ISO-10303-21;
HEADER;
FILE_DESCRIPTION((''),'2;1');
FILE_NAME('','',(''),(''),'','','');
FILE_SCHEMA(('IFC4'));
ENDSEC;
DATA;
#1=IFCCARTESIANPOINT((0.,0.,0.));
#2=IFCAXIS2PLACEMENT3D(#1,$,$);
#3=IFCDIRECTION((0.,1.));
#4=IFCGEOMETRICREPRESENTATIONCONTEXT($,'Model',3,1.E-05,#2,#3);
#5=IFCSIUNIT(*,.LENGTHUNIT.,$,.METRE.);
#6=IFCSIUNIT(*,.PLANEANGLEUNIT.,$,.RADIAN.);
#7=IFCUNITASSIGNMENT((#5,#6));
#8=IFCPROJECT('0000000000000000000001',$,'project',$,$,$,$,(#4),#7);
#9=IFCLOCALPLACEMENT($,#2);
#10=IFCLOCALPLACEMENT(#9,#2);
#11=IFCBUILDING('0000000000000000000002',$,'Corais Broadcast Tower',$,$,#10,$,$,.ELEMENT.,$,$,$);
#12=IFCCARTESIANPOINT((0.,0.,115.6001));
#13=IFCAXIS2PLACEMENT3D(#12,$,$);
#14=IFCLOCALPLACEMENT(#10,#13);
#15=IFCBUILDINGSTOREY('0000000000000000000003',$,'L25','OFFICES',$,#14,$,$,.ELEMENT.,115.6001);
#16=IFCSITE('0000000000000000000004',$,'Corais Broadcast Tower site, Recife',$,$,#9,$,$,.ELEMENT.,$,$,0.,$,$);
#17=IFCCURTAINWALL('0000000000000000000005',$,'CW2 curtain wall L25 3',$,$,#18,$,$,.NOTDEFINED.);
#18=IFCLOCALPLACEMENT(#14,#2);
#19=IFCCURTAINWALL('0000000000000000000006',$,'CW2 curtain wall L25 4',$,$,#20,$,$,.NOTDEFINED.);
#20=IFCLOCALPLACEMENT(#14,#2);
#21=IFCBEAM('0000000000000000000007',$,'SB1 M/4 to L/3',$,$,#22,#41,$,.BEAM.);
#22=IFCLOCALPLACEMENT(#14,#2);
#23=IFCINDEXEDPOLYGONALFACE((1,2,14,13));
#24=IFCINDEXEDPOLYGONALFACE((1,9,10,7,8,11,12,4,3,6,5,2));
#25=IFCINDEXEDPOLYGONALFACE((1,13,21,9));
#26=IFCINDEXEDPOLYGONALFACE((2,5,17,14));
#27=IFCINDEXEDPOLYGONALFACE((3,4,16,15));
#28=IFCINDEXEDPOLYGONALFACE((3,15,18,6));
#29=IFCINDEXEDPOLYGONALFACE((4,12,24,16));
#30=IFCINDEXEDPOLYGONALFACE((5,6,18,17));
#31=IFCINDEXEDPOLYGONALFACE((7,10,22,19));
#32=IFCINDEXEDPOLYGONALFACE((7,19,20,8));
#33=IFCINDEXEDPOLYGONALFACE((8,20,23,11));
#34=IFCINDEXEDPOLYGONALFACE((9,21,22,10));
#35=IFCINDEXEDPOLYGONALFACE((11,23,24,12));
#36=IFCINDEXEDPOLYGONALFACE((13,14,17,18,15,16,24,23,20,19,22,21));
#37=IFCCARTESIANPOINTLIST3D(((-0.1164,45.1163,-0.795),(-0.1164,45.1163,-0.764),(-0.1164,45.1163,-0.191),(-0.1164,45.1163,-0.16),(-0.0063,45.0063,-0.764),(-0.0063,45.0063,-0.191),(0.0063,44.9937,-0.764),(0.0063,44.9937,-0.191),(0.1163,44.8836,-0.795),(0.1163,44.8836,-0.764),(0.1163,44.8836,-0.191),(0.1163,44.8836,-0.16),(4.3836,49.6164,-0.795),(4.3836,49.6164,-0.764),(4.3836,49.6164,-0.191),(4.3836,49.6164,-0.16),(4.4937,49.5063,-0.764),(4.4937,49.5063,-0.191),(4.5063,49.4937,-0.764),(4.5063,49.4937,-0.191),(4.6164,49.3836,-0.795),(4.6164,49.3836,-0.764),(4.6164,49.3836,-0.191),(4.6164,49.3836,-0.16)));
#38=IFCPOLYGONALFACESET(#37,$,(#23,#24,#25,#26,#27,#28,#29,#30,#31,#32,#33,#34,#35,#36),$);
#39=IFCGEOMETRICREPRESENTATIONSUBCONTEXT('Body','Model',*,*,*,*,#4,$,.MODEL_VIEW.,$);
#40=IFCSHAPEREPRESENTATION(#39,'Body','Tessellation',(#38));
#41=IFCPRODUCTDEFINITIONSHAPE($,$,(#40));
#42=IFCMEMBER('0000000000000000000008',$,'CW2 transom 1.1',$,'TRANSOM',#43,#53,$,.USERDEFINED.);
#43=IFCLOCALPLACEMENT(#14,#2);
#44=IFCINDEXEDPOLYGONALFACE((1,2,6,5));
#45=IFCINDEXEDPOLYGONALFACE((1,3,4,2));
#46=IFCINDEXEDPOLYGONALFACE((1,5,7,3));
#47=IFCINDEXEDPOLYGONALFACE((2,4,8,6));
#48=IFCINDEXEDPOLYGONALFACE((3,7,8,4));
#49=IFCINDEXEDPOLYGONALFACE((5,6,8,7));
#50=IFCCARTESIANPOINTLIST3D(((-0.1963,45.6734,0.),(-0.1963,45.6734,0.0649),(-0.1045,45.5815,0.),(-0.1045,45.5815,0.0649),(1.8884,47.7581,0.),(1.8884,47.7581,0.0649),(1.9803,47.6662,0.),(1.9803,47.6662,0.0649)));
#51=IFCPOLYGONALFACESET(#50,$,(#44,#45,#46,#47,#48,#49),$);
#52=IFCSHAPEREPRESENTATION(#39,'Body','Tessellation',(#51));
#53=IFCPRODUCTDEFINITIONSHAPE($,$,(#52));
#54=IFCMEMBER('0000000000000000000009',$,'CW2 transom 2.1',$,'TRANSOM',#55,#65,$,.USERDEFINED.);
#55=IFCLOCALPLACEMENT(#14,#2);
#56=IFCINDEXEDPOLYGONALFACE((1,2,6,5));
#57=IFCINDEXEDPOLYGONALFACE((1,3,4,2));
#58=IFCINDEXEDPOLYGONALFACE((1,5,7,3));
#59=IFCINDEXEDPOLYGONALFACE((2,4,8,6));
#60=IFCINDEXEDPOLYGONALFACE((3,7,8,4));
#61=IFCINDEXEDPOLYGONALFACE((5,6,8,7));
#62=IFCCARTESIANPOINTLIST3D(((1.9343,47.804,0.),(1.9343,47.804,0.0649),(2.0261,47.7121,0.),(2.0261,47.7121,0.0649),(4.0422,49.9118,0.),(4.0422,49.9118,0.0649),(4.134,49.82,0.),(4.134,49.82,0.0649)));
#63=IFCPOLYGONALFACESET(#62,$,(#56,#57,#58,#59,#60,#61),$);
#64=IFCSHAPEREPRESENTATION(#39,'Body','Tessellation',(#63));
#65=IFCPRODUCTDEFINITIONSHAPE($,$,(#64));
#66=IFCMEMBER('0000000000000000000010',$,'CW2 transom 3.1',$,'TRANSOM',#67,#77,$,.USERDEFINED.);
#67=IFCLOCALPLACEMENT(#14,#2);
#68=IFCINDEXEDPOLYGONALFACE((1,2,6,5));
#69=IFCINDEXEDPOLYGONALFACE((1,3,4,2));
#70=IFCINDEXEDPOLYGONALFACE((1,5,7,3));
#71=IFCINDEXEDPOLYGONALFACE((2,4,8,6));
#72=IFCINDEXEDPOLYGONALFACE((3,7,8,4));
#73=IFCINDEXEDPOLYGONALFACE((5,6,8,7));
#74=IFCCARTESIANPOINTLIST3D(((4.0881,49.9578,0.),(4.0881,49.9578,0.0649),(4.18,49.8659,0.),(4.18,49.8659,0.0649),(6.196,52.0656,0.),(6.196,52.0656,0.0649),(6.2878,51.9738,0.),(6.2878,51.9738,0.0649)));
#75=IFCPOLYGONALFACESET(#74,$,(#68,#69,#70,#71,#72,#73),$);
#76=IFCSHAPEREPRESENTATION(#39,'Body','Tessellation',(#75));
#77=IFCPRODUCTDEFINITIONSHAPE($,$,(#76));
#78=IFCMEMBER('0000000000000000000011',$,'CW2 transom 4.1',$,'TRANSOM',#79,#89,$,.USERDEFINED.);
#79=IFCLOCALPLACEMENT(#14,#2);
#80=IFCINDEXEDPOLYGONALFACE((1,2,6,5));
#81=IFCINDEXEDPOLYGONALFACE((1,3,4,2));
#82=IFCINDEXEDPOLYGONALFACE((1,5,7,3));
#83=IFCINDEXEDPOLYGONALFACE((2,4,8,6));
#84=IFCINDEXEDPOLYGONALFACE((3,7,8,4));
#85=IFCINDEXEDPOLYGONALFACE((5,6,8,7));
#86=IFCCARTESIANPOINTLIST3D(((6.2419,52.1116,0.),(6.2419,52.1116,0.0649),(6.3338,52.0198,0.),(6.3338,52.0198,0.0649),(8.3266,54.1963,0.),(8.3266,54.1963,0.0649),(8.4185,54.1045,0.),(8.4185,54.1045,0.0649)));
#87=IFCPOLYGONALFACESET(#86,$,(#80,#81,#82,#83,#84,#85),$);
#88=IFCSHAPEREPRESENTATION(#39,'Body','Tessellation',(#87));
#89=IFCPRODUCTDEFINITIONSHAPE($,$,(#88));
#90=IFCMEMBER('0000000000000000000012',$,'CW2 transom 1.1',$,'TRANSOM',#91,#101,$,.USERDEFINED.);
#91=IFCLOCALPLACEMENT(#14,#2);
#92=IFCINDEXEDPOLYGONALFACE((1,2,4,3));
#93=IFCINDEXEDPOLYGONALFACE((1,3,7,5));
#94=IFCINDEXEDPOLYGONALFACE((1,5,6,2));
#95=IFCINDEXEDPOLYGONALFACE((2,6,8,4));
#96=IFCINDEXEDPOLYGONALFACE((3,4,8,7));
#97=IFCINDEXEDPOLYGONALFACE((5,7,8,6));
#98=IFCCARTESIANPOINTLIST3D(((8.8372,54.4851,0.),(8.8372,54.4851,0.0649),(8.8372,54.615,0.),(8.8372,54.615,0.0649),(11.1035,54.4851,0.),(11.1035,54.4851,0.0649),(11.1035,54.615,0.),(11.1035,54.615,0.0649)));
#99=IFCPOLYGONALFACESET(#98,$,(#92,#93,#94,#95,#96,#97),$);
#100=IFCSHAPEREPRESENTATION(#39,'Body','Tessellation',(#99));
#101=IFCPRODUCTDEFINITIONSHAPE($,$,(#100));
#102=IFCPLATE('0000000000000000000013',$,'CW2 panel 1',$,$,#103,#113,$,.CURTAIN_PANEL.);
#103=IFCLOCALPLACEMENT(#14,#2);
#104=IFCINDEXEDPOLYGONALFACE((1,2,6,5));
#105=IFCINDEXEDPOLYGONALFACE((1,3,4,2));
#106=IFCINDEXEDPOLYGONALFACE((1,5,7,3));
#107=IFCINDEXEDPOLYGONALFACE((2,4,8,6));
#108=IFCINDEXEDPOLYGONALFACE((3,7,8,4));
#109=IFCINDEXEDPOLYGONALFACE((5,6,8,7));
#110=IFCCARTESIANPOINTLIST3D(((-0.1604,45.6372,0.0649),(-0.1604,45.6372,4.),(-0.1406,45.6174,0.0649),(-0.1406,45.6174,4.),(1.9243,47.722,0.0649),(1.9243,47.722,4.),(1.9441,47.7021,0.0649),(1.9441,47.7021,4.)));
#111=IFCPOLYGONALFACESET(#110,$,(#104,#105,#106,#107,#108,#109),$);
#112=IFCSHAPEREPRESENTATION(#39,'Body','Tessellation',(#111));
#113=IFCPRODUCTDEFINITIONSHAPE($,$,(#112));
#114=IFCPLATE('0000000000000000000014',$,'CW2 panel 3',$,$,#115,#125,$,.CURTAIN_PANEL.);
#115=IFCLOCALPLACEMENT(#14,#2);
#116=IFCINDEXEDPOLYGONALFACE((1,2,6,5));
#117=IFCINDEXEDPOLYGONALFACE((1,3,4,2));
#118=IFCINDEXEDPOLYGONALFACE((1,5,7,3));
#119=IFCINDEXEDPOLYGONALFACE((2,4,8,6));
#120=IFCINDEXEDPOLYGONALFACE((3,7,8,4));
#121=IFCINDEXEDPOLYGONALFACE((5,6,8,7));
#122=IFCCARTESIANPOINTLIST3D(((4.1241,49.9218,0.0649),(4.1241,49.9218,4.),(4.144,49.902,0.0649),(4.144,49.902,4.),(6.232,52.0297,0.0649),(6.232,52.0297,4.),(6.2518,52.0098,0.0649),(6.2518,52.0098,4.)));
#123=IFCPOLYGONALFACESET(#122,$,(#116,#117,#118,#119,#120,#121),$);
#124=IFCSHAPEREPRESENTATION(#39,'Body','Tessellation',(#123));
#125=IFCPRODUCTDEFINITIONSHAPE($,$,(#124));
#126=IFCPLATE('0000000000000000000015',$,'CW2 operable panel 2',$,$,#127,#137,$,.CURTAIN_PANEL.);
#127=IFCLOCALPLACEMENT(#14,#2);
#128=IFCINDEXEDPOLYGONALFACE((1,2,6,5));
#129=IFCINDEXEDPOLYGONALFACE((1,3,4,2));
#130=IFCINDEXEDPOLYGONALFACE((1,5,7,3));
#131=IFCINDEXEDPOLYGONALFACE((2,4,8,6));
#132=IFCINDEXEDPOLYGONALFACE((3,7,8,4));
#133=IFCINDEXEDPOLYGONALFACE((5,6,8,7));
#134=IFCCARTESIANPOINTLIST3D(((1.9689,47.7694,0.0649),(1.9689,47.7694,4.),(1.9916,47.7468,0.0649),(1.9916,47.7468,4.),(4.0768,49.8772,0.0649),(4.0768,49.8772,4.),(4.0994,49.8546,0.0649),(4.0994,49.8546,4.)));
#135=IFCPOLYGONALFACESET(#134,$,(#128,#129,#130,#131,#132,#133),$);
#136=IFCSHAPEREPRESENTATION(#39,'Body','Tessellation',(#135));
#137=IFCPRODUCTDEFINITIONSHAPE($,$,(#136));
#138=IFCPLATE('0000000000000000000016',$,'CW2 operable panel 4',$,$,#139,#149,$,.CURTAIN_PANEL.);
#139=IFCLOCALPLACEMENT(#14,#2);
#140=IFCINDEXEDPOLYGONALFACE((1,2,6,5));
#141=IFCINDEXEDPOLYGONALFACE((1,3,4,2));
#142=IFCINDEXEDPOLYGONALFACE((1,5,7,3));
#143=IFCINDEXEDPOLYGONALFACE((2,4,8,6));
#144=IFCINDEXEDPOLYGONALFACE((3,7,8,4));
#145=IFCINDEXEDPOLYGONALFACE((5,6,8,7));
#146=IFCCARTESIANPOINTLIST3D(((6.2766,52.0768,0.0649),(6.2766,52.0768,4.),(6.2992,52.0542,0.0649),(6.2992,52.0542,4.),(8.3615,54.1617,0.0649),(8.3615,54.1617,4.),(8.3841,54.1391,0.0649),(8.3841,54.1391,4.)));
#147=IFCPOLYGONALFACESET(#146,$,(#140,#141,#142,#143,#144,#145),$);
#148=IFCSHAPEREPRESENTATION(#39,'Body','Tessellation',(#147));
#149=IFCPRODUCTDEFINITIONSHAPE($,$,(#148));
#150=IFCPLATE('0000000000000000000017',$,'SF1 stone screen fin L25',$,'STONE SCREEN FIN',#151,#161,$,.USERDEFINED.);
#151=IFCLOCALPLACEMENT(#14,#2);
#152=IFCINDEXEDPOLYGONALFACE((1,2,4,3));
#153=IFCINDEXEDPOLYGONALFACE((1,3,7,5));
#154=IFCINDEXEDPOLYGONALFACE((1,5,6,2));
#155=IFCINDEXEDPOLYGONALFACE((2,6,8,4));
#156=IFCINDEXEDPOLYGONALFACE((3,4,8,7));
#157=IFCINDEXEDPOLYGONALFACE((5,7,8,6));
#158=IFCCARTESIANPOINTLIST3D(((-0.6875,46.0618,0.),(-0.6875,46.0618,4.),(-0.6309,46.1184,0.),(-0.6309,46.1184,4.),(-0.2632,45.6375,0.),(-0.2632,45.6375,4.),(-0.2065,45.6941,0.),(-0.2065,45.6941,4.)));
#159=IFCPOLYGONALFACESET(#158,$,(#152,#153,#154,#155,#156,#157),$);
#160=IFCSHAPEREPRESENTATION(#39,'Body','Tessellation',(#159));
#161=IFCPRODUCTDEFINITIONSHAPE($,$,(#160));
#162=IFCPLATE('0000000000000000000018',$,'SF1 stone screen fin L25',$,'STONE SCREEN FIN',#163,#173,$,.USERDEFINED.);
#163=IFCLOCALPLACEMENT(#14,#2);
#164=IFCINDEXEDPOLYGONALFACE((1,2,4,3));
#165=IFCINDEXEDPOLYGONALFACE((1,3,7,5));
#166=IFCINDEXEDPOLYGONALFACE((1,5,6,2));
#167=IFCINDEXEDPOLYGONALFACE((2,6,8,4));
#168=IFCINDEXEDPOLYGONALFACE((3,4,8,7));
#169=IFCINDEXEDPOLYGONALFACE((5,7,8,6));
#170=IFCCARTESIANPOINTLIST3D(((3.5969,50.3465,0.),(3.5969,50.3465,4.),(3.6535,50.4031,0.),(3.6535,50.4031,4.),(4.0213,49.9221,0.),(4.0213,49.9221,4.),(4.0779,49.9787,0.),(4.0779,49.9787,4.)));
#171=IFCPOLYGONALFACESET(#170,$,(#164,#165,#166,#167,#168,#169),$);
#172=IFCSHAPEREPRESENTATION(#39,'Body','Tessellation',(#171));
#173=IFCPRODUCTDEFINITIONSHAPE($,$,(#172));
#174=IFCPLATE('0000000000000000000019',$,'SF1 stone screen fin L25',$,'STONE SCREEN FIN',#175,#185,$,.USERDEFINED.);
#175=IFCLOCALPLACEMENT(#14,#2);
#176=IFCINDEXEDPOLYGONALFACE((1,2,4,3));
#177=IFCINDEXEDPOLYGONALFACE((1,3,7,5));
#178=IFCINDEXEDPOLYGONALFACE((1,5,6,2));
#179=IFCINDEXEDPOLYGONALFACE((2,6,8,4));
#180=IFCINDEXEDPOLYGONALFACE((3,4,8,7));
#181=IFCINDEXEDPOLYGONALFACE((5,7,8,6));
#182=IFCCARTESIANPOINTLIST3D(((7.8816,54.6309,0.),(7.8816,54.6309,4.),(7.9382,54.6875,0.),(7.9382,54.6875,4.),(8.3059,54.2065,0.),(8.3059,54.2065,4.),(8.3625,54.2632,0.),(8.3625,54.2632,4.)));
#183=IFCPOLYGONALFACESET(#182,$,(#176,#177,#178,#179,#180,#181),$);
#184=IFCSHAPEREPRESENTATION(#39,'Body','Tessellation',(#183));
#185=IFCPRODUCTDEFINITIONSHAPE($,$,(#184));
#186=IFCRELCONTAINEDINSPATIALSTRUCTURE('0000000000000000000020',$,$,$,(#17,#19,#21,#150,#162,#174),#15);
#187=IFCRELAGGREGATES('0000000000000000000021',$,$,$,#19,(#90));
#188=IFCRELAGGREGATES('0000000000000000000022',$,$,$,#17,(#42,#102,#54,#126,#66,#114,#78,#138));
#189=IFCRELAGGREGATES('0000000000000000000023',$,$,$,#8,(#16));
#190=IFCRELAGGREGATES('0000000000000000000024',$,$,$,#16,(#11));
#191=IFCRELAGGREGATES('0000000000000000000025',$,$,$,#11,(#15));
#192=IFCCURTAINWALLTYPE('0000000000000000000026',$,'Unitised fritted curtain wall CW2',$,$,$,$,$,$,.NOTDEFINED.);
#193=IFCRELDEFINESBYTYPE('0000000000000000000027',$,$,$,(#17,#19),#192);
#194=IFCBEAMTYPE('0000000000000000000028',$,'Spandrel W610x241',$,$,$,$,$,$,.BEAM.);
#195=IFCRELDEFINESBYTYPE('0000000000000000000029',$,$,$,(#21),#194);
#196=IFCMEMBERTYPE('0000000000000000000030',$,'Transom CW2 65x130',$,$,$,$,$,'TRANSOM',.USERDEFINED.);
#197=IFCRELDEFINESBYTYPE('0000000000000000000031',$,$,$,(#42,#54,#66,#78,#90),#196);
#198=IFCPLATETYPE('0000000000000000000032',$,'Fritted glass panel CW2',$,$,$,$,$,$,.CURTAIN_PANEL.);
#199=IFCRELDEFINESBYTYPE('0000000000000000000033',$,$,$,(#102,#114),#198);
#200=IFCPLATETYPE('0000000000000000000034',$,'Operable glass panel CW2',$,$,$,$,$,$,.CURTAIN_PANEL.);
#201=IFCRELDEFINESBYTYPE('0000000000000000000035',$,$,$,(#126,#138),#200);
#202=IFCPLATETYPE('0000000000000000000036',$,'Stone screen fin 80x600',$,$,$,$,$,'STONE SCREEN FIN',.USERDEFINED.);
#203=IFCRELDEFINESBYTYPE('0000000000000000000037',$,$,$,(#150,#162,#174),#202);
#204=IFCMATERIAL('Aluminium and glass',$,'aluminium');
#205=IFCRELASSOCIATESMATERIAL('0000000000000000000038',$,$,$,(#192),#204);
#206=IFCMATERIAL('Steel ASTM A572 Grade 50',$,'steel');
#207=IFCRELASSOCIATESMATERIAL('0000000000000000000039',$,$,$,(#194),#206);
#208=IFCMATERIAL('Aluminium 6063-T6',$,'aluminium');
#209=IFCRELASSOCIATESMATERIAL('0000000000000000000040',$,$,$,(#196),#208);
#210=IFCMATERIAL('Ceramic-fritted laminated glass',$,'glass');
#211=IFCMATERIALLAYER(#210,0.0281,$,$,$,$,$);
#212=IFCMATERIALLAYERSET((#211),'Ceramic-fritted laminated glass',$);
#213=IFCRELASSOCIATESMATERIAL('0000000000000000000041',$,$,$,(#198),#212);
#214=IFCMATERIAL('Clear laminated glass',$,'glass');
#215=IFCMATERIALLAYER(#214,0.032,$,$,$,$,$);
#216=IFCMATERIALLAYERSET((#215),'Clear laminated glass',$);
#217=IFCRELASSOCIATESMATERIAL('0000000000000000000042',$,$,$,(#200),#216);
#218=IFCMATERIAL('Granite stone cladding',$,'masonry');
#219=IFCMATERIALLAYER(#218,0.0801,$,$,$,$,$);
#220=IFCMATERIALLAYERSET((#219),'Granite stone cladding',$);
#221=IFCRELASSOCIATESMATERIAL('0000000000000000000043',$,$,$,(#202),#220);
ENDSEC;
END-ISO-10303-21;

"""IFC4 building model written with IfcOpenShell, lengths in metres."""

from ifc_helpers import new_model, si_unit, direction, frame, origin, origin_2d, place, context, subcontext, project, spatial, rectangle, i_section, extrude, material, layer, layer_set, material_profile, profile_set, type_object, element, aggregate, save


model = new_model("IFC4")

# Units and contexts
model_context = context("Model", 3, precision=1e-05, world=origin(), true_north=direction((0.0, 1.0)))
body_context = subcontext(model_context, "Body", "Model", "MODEL_VIEW")
ifc_project = project(units=[si_unit("LENGTHUNIT", "METRE"), si_unit("PLANEANGLEUNIT", "RADIAN")], contexts=[model_context])

# Site, building, storey
site_placement = place(None, origin())
site = spatial("IfcSite", under=ifc_project, at=site_placement, Name="Corais Broadcast Tower site, Recife", CompositionType="ELEMENT", RefElevation=0.0)
building_placement = place(site_placement, origin())
building = spatial("IfcBuilding", under=site, at=building_placement, Name="Corais Broadcast Tower", CompositionType="ELEMENT")
storey_placement = place(building_placement, frame((0.0, 0.0, 115.6001)))
storey = spatial("IfcBuildingStorey", under=building, at=storey_placement, Name="L25", Description="OFFICES", CompositionType="ELEMENT", Elevation=115.6001)

# Shared definitions
ifc_material_1 = material(Name="Aluminium and glass", Category="aluminium")
curtain_wall_type = type_object("IfcCurtainWallType", Name="Unitised fritted curtain wall CW2", PredefinedType="NOTDEFINED", material=ifc_material_1)

# Curtain wall
curtain_wall_1_placement = place(storey_placement, origin())
curtain_wall_1 = element("IfcCurtainWall", 1, at=curtain_wall_1_placement, inside=storey, type_object=curtain_wall_type, Name="CW2 curtain wall L25 3", PredefinedType="NOTDEFINED")

# Curtain wall
curtain_wall_2_placement = place(storey_placement, origin())
curtain_wall_2 = element("IfcCurtainWall", 2, at=curtain_wall_2_placement, inside=storey, type_object=curtain_wall_type, Name="CW2 curtain wall L25 4", PredefinedType="NOTDEFINED")

# Beam
ifc_material_2 = material(Name="Steel ASTM A572 Grade 50", Category="steel")
ifc_material_profile_1 = material_profile(ifc_material_2, i_section(OverallWidth=0.3291, OverallDepth=0.635, WebThickness=0.0178, FlangeThickness=0.031, at=origin_2d()), Name="W610x241")
ifc_profile_set_1 = profile_set([ifc_material_profile_1], Name="Steel ASTM A572 Grade 50")
beam_type_1 = type_object("IfcBeamType", Name="Spandrel W610x241", PredefinedType="BEAM", material=ifc_profile_set_1)
beam_1_placement = place(storey_placement, frame((4.5, 49.5, -0.4775), z_axis=(-0.707107, -0.707107, 0.0), x_axis=(0.707107, -0.707107, 0.0)))
element("IfcBeam", 3, at=beam_1_placement, inside=storey, type_object=beam_type_1, Name="SB1 M/4 to L/3", PredefinedType="BEAM", context=body_context, shape_type="SweptSolid", body=[
    extrude(i_section(OverallWidth=0.3291, OverallDepth=0.635, WebThickness=0.0178, FlangeThickness=0.031, at=origin_2d()), origin(), (0.0, 0.0, 1.0), 6.364),
])

# Members
ifc_material_3 = material(Name="Aluminium 6063-T6", Category="aluminium")
ifc_material_profile_2 = material_profile(ifc_material_3, rectangle(XDim=0.1299, YDim=0.0649, at=origin_2d()), Name="Transom CW2 65x130")
ifc_profile_set_2 = profile_set([ifc_material_profile_2], Name="Aluminium 6063-T6")
member_type_1 = type_object("IfcMemberType", Name="Transom CW2 65x130", ElementType="TRANSOM", PredefinedType="USERDEFINED", material=ifc_profile_set_2)
member_1_placement = place(storey_placement, frame((-0.1504, 45.6274, 0.0325), z_axis=(0.707107, 0.707107, 0.0), x_axis=(-0.707107, 0.707107, 0.0)))
member_1 = element("IfcMember", 4, at=member_1_placement, type_object=member_type_1, Name="CW2 transom 1.1", ObjectType="TRANSOM", PredefinedType="USERDEFINED", context=body_context, shape_type="SweptSolid", body=[
    extrude(rectangle(XDim=0.1299, YDim=0.0649, at=origin_2d()), origin(), (0.0, 0.0, 1.0), 2.9482),
])
member_2_placement = place(storey_placement, frame((1.9802, 47.7581, 0.0325), z_axis=(0.707107, 0.707107, 0.0), x_axis=(-0.707107, 0.707107, 0.0)))
member_2 = element("IfcMember", 5, at=member_2_placement, type_object=member_type_1, Name="CW2 transom 2.1", ObjectType="TRANSOM", PredefinedType="USERDEFINED", context=body_context, shape_type="SweptSolid", body=[
    extrude(rectangle(XDim=0.1299, YDim=0.0649, at=origin_2d()), origin(), (0.0, 0.0, 1.0), 2.981),
])
member_3_placement = place(storey_placement, frame((4.134, 49.9119, 0.0325), z_axis=(0.707107, 0.707107, 0.0), x_axis=(-0.707107, 0.707107, 0.0)))
member_3 = element("IfcMember", 6, at=member_3_placement, type_object=member_type_1, Name="CW2 transom 3.1", ObjectType="TRANSOM", PredefinedType="USERDEFINED", context=body_context, shape_type="SweptSolid", body=[
    extrude(rectangle(XDim=0.1299, YDim=0.0649, at=origin_2d()), origin(), (0.0, 0.0, 1.0), 2.981),
])
member_4_placement = place(storey_placement, frame((6.2878, 52.0657, 0.0325), z_axis=(0.707107, 0.707107, 0.0), x_axis=(-0.707107, 0.707107, 0.0)))
member_4 = element("IfcMember", 7, at=member_4_placement, type_object=member_type_1, Name="CW2 transom 4.1", ObjectType="TRANSOM", PredefinedType="USERDEFINED", context=body_context, shape_type="SweptSolid", body=[
    extrude(rectangle(XDim=0.1299, YDim=0.0649, at=origin_2d()), origin(), (0.0, 0.0, 1.0), 2.9482),
])
member_5_placement = place(storey_placement, frame((8.8372, 54.55, 0.0325), z_axis=(1.0, 0.0, 0.0), x_axis=(0.0, 1.0, 0.0)))
member_5 = element("IfcMember", 8, at=member_5_placement, type_object=member_type_1, Name="CW2 transom 1.1", ObjectType="TRANSOM", PredefinedType="USERDEFINED", context=body_context, shape_type="SweptSolid", body=[
    extrude(rectangle(XDim=0.1299, YDim=0.0649, at=origin_2d()), origin(), (0.0, 0.0, 1.0), 2.2664),
])
aggregate(curtain_wall_2, [member_5])

# Plates
ifc_material_4 = material(Name="Ceramic-fritted laminated glass", Category="glass")
ifc_layer_1 = layer(ifc_material_4, 0.0281)
ifc_layer_set_1 = layer_set([ifc_layer_1], Name="Ceramic-fritted laminated glass")
plate_type_1 = type_object("IfcPlateType", Name="Fritted glass panel CW2", PredefinedType="CURTAIN_PANEL", material=ifc_layer_set_1)
plate_1_placement = place(storey_placement, frame((0.8918, 46.6697, 0.0649), z_axis=(0.0, 0.0, 1.0), x_axis=(0.707107, 0.707107, 0.0)))
plate_1 = element("IfcPlate", 9, at=plate_1_placement, type_object=plate_type_1, Name="CW2 panel 1", PredefinedType="CURTAIN_PANEL", context=body_context, shape_type="SweptSolid", body=[
    extrude(rectangle(XDim=2.9482, YDim=0.0281, at=origin_2d()), origin(), (0.0, 0.0, 1.0), 3.9351),
])
plate_2_placement = place(storey_placement, frame((5.188, 50.9658, 0.0649), z_axis=(0.0, 0.0, 1.0), x_axis=(0.707107, 0.707107, 0.0)))
plate_2 = element("IfcPlate", 10, at=plate_2_placement, type_object=plate_type_1, Name="CW2 panel 3", PredefinedType="CURTAIN_PANEL", context=body_context, shape_type="SweptSolid", body=[
    extrude(rectangle(XDim=2.981, YDim=0.0281, at=origin_2d()), origin(), (0.0, 0.0, 1.0), 3.9351),
])
ifc_material_5 = material(Name="Clear laminated glass", Category="glass")
ifc_layer_2 = layer(ifc_material_5, 0.032)
ifc_layer_set_2 = layer_set([ifc_layer_2], Name="Clear laminated glass")
plate_type_2 = type_object("IfcPlateType", Name="Operable glass panel CW2", PredefinedType="CURTAIN_PANEL", material=ifc_layer_set_2)
plate_3_placement = place(storey_placement, frame((3.0342, 48.812, 0.0649), z_axis=(0.0, 0.0, 1.0), x_axis=(0.707107, 0.707107, 0.0)))
plate_3 = element("IfcPlate", 11, at=plate_3_placement, type_object=plate_type_2, Name="CW2 operable panel 2", PredefinedType="CURTAIN_PANEL", context=body_context, shape_type="SweptSolid", body=[
    extrude(rectangle(XDim=2.981, YDim=0.032, at=origin_2d()), origin(), (0.0, 0.0, 1.0), 3.9351),
])
plate_4_placement = place(storey_placement, frame((7.3303, 53.1079, 0.0649), z_axis=(0.0, 0.0, 1.0), x_axis=(0.707107, 0.707107, 0.0)))
plate_4 = element("IfcPlate", 12, at=plate_4_placement, type_object=plate_type_2, Name="CW2 operable panel 4", PredefinedType="CURTAIN_PANEL", context=body_context, shape_type="SweptSolid", body=[
    extrude(rectangle(XDim=2.9485, YDim=0.032, at=origin_2d()), origin(), (0.0, 0.0, 1.0), 3.9351),
])
aggregate(curtain_wall_1, [member_1, plate_1, member_2, plate_3, member_3, plate_2, member_4, plate_4])

# Plates
ifc_material_6 = material(Name="Granite stone cladding", Category="masonry")
ifc_layer_3 = layer(ifc_material_6, 0.0801)
ifc_layer_set_3 = layer_set([ifc_layer_3], Name="Granite stone cladding")
plate_type_3 = type_object("IfcPlateType", Name="Stone screen fin 80x600", ElementType="STONE SCREEN FIN", PredefinedType="USERDEFINED", material=ifc_layer_set_3)
for number, where, z_axis, x_axis, name in (
    (13, (-0.447, 45.8779, 0.0), (0.0, 0.0, 1.0), (0.707107, 0.707107, 0.0), "SF1 stone screen fin L25"),
    (14, (3.8374, 50.1626, 0.0), (0.0, 0.0, 1.0), (0.707107, 0.707107, 0.0), "SF1 stone screen fin L25"),
    (15, (8.1221, 54.447, 0.0), (0.0, 0.0, 1.0), (0.707107, 0.707107, 0.0), "SF1 stone screen fin L25"),
):
    element("IfcPlate", number, at=place(storey_placement, frame(where, z_axis=z_axis, x_axis=x_axis)), inside=storey, type_object=plate_type_3, Name=name, ObjectType="STONE SCREEN FIN", PredefinedType="USERDEFINED", context=body_context, shape_type="SweptSolid", body=[
        extrude(rectangle(XDim=0.0801, YDim=0.6001, at=origin_2d()), origin(), (0.0, 0.0, 1.0), 4.0),
    ])

save(model, "model.ifc")
